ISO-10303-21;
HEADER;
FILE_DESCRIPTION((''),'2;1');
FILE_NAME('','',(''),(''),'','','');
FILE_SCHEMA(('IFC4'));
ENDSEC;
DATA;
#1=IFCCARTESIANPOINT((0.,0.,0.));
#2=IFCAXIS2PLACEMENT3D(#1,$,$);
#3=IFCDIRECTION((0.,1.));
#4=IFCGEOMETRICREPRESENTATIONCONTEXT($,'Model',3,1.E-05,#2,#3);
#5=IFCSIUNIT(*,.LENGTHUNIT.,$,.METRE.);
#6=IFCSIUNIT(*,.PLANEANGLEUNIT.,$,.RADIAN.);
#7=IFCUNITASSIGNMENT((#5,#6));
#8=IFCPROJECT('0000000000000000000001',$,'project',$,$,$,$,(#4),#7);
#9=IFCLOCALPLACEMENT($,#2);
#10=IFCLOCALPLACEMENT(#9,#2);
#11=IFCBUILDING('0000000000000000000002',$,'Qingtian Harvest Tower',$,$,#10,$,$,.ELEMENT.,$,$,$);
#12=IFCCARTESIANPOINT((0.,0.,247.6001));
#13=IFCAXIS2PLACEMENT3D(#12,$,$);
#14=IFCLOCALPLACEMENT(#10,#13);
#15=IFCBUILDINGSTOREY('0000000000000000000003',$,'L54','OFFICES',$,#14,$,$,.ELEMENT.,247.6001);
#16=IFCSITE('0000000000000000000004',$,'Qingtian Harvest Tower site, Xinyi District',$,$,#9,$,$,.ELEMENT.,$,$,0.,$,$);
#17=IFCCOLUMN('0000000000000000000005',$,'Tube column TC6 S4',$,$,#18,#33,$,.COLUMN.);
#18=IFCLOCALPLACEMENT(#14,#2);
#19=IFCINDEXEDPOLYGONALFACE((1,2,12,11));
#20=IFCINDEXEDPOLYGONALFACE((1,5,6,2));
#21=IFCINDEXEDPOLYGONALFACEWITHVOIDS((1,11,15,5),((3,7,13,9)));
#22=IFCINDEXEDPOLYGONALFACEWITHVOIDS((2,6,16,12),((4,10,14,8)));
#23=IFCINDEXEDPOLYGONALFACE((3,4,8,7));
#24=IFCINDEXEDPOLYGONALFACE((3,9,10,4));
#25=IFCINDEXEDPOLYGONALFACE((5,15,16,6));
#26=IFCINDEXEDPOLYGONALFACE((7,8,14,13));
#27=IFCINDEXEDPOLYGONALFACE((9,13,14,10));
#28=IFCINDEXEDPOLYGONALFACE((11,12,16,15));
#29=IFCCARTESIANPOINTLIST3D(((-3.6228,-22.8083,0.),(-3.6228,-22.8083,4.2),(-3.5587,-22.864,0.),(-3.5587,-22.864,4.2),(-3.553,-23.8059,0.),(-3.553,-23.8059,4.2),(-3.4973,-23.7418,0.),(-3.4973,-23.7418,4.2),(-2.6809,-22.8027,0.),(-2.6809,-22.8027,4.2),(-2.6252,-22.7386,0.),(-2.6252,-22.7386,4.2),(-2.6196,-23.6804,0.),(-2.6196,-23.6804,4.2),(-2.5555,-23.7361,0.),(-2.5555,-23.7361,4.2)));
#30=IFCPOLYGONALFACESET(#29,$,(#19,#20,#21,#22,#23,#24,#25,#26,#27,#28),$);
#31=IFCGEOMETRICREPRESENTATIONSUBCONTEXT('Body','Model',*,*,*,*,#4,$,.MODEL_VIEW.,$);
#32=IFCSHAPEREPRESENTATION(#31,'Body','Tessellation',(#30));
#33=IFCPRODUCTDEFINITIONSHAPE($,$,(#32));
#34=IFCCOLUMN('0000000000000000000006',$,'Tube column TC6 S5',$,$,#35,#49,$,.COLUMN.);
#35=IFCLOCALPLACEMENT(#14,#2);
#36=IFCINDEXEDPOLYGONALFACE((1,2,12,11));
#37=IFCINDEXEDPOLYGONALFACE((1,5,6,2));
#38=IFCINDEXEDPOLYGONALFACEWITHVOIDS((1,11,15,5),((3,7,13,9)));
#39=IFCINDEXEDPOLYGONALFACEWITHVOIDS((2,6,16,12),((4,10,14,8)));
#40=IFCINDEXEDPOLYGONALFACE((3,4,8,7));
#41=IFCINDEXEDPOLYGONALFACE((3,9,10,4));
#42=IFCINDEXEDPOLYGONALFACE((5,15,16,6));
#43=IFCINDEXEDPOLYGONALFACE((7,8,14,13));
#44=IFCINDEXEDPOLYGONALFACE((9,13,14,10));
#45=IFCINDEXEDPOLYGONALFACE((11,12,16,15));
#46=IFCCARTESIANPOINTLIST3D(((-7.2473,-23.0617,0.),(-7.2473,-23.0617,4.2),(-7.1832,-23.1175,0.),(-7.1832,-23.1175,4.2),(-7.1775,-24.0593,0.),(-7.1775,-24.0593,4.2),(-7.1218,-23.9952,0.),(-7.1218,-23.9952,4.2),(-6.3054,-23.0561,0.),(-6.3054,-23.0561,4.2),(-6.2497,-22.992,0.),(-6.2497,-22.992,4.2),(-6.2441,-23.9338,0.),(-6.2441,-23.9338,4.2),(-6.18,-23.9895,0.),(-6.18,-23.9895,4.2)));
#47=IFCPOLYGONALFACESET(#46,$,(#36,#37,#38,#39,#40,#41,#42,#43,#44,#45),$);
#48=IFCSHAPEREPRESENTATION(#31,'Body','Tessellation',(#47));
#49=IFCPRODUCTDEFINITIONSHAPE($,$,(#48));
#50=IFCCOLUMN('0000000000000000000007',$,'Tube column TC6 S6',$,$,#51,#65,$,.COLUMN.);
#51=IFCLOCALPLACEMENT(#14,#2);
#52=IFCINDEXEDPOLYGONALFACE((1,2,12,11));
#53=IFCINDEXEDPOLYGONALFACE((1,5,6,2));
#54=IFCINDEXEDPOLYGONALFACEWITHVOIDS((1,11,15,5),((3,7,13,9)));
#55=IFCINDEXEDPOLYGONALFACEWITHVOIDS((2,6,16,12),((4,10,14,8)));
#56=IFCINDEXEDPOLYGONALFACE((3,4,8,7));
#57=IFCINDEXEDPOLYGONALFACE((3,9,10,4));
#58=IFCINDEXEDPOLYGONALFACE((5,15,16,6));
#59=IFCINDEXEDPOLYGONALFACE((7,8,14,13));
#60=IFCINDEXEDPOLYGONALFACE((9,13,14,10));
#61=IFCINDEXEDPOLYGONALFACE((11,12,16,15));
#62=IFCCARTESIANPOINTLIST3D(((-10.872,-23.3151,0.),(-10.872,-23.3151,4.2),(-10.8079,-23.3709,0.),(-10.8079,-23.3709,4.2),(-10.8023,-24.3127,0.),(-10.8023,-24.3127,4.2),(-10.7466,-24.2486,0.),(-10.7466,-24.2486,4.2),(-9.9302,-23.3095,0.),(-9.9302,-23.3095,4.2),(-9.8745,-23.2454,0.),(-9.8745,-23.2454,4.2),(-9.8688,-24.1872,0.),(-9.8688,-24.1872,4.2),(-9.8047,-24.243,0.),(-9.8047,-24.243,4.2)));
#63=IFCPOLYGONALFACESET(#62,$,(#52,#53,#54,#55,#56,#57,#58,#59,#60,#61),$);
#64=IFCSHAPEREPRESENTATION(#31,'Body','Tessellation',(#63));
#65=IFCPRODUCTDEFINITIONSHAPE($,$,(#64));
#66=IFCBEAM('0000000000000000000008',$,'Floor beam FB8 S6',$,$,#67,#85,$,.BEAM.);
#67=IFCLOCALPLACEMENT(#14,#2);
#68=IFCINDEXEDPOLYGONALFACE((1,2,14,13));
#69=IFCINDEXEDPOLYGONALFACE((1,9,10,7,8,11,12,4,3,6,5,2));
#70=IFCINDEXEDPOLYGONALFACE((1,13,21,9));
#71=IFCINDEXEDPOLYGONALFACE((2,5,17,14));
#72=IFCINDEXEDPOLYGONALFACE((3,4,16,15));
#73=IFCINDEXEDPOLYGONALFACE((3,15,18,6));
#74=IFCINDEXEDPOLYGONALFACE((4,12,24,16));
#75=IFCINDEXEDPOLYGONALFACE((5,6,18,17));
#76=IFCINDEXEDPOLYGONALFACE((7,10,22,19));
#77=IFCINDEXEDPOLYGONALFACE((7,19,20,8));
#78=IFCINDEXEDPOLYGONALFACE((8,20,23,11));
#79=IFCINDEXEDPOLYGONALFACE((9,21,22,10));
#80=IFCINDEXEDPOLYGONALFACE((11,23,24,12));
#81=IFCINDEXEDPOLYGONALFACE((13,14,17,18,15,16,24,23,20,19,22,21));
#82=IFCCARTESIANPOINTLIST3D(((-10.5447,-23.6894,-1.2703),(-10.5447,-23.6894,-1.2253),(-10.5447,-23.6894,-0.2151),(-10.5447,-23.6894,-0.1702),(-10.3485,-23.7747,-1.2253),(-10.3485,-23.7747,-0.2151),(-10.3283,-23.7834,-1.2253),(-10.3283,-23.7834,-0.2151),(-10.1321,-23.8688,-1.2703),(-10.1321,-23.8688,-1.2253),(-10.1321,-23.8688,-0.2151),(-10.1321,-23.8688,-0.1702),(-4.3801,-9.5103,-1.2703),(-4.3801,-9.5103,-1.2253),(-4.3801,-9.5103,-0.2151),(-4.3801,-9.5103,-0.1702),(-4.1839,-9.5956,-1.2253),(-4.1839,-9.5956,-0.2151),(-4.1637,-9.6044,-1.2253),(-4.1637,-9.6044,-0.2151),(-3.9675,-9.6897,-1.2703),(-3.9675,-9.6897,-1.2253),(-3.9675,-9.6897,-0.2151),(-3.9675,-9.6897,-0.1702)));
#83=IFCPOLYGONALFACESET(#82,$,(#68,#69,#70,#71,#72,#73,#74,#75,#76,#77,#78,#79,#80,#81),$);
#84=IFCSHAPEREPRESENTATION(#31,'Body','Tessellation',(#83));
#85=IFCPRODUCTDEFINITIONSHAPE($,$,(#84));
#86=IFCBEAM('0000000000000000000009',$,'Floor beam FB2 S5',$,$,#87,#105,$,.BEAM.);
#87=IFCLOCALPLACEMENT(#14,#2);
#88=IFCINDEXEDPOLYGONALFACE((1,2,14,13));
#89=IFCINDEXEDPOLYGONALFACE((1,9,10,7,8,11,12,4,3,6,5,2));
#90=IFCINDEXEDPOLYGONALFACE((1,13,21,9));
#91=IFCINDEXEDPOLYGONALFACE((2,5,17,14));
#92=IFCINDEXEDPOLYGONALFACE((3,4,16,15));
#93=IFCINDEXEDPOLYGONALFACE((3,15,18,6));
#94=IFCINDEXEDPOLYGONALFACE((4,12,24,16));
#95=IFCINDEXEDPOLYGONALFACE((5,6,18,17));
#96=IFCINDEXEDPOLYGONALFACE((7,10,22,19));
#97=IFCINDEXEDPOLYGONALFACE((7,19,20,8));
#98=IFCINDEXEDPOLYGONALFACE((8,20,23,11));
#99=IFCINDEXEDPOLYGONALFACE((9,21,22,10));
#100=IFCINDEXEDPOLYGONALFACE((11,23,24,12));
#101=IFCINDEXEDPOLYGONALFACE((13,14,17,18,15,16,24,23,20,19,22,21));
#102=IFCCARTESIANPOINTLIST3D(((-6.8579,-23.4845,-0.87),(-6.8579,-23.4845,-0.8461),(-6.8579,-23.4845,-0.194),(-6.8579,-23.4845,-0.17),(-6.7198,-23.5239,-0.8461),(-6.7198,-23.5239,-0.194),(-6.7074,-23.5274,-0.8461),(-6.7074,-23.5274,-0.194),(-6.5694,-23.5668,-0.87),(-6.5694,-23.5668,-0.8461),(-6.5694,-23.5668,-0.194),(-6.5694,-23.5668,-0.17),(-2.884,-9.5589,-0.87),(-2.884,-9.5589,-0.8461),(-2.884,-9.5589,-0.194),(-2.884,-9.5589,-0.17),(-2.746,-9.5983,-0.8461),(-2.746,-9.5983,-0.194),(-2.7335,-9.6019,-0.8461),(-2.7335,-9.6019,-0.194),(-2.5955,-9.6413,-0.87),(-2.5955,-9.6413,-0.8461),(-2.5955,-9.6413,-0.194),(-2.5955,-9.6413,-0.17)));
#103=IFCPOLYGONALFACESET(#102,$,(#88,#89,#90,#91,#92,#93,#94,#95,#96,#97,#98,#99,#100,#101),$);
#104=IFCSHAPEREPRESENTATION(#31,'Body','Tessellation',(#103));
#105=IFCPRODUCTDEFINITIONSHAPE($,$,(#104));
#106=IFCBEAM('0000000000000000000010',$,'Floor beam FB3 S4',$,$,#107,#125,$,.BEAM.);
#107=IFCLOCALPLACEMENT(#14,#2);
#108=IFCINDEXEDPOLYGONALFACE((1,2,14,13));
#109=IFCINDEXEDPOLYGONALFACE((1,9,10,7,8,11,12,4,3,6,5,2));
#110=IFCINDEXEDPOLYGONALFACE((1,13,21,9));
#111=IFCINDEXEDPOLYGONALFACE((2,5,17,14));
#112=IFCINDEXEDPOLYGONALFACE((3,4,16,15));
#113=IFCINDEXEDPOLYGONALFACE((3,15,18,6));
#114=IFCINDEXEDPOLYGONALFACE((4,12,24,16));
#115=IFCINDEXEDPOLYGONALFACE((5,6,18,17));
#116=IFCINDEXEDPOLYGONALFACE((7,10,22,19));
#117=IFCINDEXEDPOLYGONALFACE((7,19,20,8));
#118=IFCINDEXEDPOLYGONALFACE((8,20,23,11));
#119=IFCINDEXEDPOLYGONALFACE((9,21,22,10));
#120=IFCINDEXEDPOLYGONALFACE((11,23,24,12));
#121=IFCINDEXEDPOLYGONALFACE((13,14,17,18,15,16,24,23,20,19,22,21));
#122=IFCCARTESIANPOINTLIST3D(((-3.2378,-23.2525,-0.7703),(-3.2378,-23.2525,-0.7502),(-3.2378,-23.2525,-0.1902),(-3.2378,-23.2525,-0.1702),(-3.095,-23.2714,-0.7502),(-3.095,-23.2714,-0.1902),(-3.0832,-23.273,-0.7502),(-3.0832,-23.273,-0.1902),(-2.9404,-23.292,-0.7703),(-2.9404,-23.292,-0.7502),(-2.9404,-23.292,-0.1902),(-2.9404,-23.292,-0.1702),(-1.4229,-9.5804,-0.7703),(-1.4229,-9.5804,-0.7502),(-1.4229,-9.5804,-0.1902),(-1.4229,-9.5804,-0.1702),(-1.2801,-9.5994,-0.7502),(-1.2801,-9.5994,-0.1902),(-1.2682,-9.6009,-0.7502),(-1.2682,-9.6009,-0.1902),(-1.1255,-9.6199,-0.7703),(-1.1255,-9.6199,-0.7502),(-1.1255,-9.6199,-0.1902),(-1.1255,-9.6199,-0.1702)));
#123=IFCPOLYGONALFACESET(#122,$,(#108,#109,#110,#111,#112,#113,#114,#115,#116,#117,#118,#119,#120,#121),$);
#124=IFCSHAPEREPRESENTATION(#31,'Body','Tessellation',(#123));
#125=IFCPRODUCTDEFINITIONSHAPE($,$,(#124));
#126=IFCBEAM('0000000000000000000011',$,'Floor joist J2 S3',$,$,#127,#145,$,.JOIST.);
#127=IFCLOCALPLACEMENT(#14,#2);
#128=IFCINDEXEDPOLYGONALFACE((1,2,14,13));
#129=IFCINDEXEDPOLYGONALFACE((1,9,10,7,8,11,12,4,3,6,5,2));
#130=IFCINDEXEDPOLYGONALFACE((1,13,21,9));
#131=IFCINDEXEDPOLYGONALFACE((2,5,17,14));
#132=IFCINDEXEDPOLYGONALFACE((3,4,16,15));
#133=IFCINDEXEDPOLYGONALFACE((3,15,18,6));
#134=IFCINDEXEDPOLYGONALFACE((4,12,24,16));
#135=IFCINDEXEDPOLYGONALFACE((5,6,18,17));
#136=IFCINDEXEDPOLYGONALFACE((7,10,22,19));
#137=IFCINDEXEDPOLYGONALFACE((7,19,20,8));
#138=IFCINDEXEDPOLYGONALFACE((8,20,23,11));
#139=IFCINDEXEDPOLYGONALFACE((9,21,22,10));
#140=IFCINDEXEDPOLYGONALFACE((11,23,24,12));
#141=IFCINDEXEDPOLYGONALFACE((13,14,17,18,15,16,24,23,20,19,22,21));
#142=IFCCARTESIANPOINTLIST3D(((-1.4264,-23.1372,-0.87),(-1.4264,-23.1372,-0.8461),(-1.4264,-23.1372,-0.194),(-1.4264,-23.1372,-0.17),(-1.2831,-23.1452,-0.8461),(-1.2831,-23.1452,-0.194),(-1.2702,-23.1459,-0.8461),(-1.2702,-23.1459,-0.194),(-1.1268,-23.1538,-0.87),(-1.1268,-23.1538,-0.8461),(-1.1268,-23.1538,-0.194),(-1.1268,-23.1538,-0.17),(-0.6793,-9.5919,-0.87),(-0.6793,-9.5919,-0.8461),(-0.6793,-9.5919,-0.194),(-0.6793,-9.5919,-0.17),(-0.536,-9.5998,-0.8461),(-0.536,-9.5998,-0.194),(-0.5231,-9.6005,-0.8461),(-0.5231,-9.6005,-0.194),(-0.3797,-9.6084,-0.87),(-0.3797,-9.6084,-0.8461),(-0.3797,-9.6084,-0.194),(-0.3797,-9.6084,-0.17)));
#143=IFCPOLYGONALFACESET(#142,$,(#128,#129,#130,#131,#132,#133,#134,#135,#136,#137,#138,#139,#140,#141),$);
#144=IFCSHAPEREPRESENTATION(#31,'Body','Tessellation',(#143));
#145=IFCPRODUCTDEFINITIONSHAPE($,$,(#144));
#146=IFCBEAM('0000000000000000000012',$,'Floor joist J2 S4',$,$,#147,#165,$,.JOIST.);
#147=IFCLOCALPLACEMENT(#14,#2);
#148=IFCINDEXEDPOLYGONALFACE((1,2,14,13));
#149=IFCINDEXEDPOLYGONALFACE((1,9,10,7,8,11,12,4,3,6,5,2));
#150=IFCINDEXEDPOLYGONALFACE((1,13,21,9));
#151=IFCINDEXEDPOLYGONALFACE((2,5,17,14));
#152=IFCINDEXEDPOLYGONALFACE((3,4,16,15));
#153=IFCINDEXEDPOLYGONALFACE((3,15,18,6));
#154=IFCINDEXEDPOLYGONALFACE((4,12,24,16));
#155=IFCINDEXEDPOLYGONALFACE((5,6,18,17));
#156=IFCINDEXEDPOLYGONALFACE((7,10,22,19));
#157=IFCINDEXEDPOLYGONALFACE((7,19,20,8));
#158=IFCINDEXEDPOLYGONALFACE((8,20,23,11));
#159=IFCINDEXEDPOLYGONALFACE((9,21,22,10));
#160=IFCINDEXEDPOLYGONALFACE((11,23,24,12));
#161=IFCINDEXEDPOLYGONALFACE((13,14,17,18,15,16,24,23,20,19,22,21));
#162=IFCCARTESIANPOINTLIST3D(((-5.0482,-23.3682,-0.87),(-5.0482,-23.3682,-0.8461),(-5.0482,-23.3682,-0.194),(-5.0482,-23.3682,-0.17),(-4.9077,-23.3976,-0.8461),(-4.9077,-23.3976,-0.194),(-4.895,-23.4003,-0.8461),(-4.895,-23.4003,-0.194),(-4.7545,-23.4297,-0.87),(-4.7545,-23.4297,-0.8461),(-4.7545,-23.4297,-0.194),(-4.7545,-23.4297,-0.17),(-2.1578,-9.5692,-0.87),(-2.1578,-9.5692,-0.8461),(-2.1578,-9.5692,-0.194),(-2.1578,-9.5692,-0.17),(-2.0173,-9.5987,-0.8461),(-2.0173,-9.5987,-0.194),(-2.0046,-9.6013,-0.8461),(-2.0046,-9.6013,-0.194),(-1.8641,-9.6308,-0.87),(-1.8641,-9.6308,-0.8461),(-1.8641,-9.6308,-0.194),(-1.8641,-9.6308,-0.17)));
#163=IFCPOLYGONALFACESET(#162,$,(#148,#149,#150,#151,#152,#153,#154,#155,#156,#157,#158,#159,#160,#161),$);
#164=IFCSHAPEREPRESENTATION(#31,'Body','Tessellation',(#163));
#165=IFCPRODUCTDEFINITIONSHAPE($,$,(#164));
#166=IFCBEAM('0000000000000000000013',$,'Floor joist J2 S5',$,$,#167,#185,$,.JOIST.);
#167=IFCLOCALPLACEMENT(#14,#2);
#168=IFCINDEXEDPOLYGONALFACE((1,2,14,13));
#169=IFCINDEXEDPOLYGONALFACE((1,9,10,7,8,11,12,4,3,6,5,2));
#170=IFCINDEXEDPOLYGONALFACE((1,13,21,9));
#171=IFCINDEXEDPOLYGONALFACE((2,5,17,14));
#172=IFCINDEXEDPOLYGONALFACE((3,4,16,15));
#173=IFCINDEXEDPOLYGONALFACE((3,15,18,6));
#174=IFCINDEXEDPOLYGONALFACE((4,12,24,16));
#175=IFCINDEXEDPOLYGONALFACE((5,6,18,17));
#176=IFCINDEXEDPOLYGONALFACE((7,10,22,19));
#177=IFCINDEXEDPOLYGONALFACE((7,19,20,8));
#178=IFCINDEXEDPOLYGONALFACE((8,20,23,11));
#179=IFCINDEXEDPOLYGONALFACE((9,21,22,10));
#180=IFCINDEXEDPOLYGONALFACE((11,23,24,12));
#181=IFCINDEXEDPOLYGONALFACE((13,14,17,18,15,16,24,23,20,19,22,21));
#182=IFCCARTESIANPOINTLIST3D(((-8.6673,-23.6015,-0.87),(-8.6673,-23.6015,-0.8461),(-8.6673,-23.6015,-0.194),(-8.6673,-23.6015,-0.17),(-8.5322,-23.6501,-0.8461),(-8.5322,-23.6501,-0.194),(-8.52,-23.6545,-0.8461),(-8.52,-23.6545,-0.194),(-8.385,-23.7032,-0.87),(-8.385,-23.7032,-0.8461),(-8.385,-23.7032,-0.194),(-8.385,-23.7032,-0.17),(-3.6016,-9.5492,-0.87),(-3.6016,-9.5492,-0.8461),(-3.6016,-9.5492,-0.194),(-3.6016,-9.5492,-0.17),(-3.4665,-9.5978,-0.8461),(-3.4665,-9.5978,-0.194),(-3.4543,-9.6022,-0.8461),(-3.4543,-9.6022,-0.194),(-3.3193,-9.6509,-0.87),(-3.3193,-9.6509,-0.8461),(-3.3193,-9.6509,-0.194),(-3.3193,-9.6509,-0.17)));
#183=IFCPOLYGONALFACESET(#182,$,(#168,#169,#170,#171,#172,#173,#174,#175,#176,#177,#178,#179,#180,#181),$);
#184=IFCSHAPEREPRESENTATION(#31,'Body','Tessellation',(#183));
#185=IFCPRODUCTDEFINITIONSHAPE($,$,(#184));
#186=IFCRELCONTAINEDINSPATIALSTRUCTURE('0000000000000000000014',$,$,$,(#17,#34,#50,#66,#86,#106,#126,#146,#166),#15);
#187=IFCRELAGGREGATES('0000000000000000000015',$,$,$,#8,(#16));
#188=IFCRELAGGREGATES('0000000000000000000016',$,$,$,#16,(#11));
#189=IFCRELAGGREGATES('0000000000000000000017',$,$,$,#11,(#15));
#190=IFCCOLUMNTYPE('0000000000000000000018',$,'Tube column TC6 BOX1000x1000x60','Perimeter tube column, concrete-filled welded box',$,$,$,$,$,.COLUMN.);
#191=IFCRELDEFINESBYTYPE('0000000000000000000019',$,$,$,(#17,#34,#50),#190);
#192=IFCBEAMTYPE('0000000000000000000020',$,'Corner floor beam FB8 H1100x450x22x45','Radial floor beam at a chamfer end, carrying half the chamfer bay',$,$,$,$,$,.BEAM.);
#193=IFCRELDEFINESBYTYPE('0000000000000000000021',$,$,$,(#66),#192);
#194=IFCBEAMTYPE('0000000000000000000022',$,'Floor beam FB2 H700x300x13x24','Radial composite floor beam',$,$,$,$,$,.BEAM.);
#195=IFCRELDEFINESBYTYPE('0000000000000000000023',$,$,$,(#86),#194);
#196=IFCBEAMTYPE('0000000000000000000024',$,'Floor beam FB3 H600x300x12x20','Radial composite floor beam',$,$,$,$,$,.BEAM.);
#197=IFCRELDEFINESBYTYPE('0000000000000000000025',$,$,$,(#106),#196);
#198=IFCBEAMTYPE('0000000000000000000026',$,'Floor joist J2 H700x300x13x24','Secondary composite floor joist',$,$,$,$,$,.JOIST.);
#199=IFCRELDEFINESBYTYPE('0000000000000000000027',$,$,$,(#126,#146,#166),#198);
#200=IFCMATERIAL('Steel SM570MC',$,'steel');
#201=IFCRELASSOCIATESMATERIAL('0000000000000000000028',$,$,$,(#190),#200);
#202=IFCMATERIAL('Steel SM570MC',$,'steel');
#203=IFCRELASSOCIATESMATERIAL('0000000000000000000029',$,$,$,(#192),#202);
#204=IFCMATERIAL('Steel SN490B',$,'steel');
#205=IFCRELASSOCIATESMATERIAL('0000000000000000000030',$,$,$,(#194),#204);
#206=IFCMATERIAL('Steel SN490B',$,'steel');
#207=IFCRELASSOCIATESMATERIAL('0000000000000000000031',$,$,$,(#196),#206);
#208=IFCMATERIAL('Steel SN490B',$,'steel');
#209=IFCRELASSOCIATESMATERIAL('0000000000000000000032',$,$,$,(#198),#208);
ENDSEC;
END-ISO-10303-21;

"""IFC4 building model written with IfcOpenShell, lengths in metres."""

from ifc_helpers import new_model, si_unit, direction, frame, origin, origin_2d, place, context, subcontext, project, spatial, hollow_rectangle, i_section, extrude, material, material_profile, profile_set, type_object, element, save


model = new_model("IFC4")

# Units and contexts
model_context = context("Model", 3, precision=1e-05, world=origin(), true_north=direction((0.0, 1.0)))
body_context = subcontext(model_context, "Body", "Model", "MODEL_VIEW")
ifc_project = project(units=[si_unit("LENGTHUNIT", "METRE"), si_unit("PLANEANGLEUNIT", "RADIAN")], contexts=[model_context])

# Site, building, storey
site_placement = place(None, origin())
site = spatial("IfcSite", under=ifc_project, at=site_placement, Name="Qingtian Harvest Tower site, Xinyi District", CompositionType="ELEMENT", RefElevation=0.0)
building_placement = place(site_placement, origin())
building = spatial("IfcBuilding", under=site, at=building_placement, Name="Qingtian Harvest Tower", CompositionType="ELEMENT")
storey_placement = place(building_placement, frame((0.0, 0.0, 247.6001)))
storey = spatial("IfcBuildingStorey", under=building, at=storey_placement, Name="L54", Description="OFFICES", CompositionType="ELEMENT", Elevation=247.6001)

# Columns
ifc_material_1 = material(Name="Steel SM570MC", Category="steel")
ifc_material_profile_1 = material_profile(ifc_material_1, hollow_rectangle(XDim=1.0, YDim=1.0, WallThickness=0.0601, at=origin_2d()), Name="BOX1000x1000x60")
ifc_profile_set_1 = profile_set([ifc_material_profile_1], Name="Steel SM570MC")
column_type = type_object("IfcColumnType", Name="Tube column TC6 BOX1000x1000x60", Description="Perimeter tube column, concrete-filled welded box", PredefinedType="COLUMN", material=ifc_profile_set_1)
for number, where, z_axis, x_axis, name in (
    (1, (-3.0891, -23.2722, 0.0), (0.0, 0.0, 1.0), (0.997564, 0.069756, 0.0), "Tube column TC6 S4"),
    (2, (-6.7136, -23.5256, 0.0), (0.0, 0.0, 1.0), (0.997564, 0.069756, 0.0), "Tube column TC6 S5"),
    (3, (-10.3384, -23.7791, 0.0), (0.0, 0.0, 1.0), (0.997564, 0.069756, 0.0), "Tube column TC6 S6"),
):
    element("IfcColumn", number, at=place(storey_placement, frame(where, z_axis=z_axis, x_axis=x_axis)), inside=storey, type_object=column_type, Name=name, PredefinedType="COLUMN", context=body_context, shape_type="SweptSolid", body=[
        extrude(hollow_rectangle(XDim=1.0, YDim=1.0, WallThickness=0.0601, at=origin_2d()), origin(), (0.0, 0.0, 1.0), 4.2),
    ])

# Beams
ifc_material_2 = material(Name="Steel SM570MC", Category="steel")
ifc_material_profile_2 = material_profile(ifc_material_2, i_section(OverallWidth=0.45, OverallDepth=1.1001, WebThickness=0.022, FlangeThickness=0.0449, at=origin_2d()), Name="H1100x450x22x45")
ifc_profile_set_2 = profile_set([ifc_material_profile_2], Name="Steel SM570MC")
beam_type_1 = type_object("IfcBeamType", Name="Corner floor beam FB8 H1100x450x22x45", Description="Radial floor beam at a chamfer end, carrying half the chamfer bay", PredefinedType="BEAM", material=ifc_profile_set_2)
beam_1_placement = place(storey_placement, frame((-10.3384, -23.7791, -0.7202), z_axis=(0.398715, 0.917075, 0.0), x_axis=(-0.917075, 0.398715, 0.0)))
element("IfcBeam", 4, at=beam_1_placement, inside=storey, type_object=beam_type_1, Name="Floor beam FB8 S6", PredefinedType="BEAM", context=body_context, shape_type="SweptSolid", body=[
    extrude(i_section(OverallWidth=0.45, OverallDepth=1.1001, WebThickness=0.022, FlangeThickness=0.0449, at=origin_2d()), origin(), (0.0, 0.0, 1.0), 15.4612),
])
ifc_material_3 = material(Name="Steel SN490B", Category="steel")
ifc_material_profile_3 = material_profile(ifc_material_3, i_section(OverallWidth=0.3, OverallDepth=0.7, WebThickness=0.0129, FlangeThickness=0.0239, at=origin_2d()), Name="H700x300x13x24")
ifc_profile_set_3 = profile_set([ifc_material_profile_3], Name="Steel SN490B")
beam_type_2 = type_object("IfcBeamType", Name="Floor beam FB2 H700x300x13x24", Description="Radial composite floor beam", PredefinedType="BEAM", material=ifc_profile_set_3)
beam_2_placement = place(storey_placement, frame((-6.7136, -23.5256, -0.52), z_axis=(0.274412, 0.961612, 0.0), x_axis=(-0.961612, 0.274412, 0.0)))
element("IfcBeam", 5, at=beam_2_placement, inside=storey, type_object=beam_type_2, Name="Floor beam FB2 S5", PredefinedType="BEAM", context=body_context, shape_type="SweptSolid", body=[
    extrude(i_section(OverallWidth=0.3, OverallDepth=0.7, WebThickness=0.0129, FlangeThickness=0.0239, at=origin_2d()), origin(), (0.0, 0.0, 1.0), 14.4814),
])
ifc_material_4 = material(Name="Steel SN490B", Category="steel")
ifc_material_profile_4 = material_profile(ifc_material_4, i_section(OverallWidth=0.3, OverallDepth=0.6001, WebThickness=0.012, FlangeThickness=0.02, at=origin_2d()), Name="H600x300x12x20")
ifc_profile_set_4 = profile_set([ifc_material_profile_4], Name="Steel SN490B")
beam_type_3 = type_object("IfcBeamType", Name="Floor beam FB3 H600x300x12x20", Description="Radial composite floor beam", PredefinedType="BEAM", material=ifc_profile_set_4)
beam_3_placement = place(storey_placement, frame((-3.0891, -23.2722, -0.4702), z_axis=(0.131593, 0.991304, 0.0), x_axis=(-0.991304, 0.131593, 0.0)))
element("IfcBeam", 6, at=beam_3_placement, inside=storey, type_object=beam_type_3, Name="Floor beam FB3 S4", PredefinedType="BEAM", context=body_context, shape_type="SweptSolid", body=[
    extrude(i_section(OverallWidth=0.3, OverallDepth=0.6001, WebThickness=0.012, FlangeThickness=0.02, at=origin_2d()), origin(), (0.0, 0.0, 1.0), 13.792),
])
ifc_material_5 = material(Name="Steel SN490B", Category="steel")
ifc_material_profile_5 = material_profile(ifc_material_5, i_section(OverallWidth=0.3, OverallDepth=0.7, WebThickness=0.0129, FlangeThickness=0.0239, at=origin_2d()), Name="H700x300x13x24")
ifc_profile_set_5 = profile_set([ifc_material_profile_5], Name="Steel SN490B")
beam_type_4 = type_object("IfcBeamType", Name="Floor joist J2 H700x300x13x24", Description="Secondary composite floor joist", PredefinedType="JOIST", material=ifc_profile_set_5)
beam_4_placement = place(storey_placement, frame((-1.2766, -23.1455, -0.52), z_axis=(0.055069, 0.998483, 0.0), x_axis=(-0.998483, 0.055069, 0.0)))
element("IfcBeam", 7, at=beam_4_placement, inside=storey, type_object=beam_type_4, Name="Floor joist J2 S3", PredefinedType="JOIST", context=body_context, shape_type="SweptSolid", body=[
    extrude(i_section(OverallWidth=0.3, OverallDepth=0.7, WebThickness=0.0129, FlangeThickness=0.0239, at=origin_2d()), origin(), (0.0, 0.0, 1.0), 13.5659),
])
beam_5_placement = place(storey_placement, frame((-4.9014, -23.3989, -0.52), z_axis=(0.205016, 0.978759, 0.0), x_axis=(-0.978759, 0.205016, 0.0)))
element("IfcBeam", 8, at=beam_5_placement, inside=storey, type_object=beam_type_4, Name="Floor joist J2 S4", PredefinedType="JOIST", context=body_context, shape_type="SweptSolid", body=[
    extrude(i_section(OverallWidth=0.3, OverallDepth=0.7, WebThickness=0.0129, FlangeThickness=0.0239, at=origin_2d()), origin(), (0.0, 0.0, 1.0), 14.0984),
])
beam_6_placement = place(storey_placement, frame((-8.5261, -23.6523, -0.52), z_axis=(0.339126, 0.940741, 0.0), x_axis=(-0.940741, 0.339126, 0.0)))
element("IfcBeam", 9, at=beam_6_placement, inside=storey, type_object=beam_type_4, Name="Floor joist J2 S5", PredefinedType="JOIST", context=body_context, shape_type="SweptSolid", body=[
    extrude(i_section(OverallWidth=0.3, OverallDepth=0.7, WebThickness=0.0129, FlangeThickness=0.0239, at=origin_2d()), origin(), (0.0, 0.0, 1.0), 14.9375),
])

save(model, "model.ifc")
